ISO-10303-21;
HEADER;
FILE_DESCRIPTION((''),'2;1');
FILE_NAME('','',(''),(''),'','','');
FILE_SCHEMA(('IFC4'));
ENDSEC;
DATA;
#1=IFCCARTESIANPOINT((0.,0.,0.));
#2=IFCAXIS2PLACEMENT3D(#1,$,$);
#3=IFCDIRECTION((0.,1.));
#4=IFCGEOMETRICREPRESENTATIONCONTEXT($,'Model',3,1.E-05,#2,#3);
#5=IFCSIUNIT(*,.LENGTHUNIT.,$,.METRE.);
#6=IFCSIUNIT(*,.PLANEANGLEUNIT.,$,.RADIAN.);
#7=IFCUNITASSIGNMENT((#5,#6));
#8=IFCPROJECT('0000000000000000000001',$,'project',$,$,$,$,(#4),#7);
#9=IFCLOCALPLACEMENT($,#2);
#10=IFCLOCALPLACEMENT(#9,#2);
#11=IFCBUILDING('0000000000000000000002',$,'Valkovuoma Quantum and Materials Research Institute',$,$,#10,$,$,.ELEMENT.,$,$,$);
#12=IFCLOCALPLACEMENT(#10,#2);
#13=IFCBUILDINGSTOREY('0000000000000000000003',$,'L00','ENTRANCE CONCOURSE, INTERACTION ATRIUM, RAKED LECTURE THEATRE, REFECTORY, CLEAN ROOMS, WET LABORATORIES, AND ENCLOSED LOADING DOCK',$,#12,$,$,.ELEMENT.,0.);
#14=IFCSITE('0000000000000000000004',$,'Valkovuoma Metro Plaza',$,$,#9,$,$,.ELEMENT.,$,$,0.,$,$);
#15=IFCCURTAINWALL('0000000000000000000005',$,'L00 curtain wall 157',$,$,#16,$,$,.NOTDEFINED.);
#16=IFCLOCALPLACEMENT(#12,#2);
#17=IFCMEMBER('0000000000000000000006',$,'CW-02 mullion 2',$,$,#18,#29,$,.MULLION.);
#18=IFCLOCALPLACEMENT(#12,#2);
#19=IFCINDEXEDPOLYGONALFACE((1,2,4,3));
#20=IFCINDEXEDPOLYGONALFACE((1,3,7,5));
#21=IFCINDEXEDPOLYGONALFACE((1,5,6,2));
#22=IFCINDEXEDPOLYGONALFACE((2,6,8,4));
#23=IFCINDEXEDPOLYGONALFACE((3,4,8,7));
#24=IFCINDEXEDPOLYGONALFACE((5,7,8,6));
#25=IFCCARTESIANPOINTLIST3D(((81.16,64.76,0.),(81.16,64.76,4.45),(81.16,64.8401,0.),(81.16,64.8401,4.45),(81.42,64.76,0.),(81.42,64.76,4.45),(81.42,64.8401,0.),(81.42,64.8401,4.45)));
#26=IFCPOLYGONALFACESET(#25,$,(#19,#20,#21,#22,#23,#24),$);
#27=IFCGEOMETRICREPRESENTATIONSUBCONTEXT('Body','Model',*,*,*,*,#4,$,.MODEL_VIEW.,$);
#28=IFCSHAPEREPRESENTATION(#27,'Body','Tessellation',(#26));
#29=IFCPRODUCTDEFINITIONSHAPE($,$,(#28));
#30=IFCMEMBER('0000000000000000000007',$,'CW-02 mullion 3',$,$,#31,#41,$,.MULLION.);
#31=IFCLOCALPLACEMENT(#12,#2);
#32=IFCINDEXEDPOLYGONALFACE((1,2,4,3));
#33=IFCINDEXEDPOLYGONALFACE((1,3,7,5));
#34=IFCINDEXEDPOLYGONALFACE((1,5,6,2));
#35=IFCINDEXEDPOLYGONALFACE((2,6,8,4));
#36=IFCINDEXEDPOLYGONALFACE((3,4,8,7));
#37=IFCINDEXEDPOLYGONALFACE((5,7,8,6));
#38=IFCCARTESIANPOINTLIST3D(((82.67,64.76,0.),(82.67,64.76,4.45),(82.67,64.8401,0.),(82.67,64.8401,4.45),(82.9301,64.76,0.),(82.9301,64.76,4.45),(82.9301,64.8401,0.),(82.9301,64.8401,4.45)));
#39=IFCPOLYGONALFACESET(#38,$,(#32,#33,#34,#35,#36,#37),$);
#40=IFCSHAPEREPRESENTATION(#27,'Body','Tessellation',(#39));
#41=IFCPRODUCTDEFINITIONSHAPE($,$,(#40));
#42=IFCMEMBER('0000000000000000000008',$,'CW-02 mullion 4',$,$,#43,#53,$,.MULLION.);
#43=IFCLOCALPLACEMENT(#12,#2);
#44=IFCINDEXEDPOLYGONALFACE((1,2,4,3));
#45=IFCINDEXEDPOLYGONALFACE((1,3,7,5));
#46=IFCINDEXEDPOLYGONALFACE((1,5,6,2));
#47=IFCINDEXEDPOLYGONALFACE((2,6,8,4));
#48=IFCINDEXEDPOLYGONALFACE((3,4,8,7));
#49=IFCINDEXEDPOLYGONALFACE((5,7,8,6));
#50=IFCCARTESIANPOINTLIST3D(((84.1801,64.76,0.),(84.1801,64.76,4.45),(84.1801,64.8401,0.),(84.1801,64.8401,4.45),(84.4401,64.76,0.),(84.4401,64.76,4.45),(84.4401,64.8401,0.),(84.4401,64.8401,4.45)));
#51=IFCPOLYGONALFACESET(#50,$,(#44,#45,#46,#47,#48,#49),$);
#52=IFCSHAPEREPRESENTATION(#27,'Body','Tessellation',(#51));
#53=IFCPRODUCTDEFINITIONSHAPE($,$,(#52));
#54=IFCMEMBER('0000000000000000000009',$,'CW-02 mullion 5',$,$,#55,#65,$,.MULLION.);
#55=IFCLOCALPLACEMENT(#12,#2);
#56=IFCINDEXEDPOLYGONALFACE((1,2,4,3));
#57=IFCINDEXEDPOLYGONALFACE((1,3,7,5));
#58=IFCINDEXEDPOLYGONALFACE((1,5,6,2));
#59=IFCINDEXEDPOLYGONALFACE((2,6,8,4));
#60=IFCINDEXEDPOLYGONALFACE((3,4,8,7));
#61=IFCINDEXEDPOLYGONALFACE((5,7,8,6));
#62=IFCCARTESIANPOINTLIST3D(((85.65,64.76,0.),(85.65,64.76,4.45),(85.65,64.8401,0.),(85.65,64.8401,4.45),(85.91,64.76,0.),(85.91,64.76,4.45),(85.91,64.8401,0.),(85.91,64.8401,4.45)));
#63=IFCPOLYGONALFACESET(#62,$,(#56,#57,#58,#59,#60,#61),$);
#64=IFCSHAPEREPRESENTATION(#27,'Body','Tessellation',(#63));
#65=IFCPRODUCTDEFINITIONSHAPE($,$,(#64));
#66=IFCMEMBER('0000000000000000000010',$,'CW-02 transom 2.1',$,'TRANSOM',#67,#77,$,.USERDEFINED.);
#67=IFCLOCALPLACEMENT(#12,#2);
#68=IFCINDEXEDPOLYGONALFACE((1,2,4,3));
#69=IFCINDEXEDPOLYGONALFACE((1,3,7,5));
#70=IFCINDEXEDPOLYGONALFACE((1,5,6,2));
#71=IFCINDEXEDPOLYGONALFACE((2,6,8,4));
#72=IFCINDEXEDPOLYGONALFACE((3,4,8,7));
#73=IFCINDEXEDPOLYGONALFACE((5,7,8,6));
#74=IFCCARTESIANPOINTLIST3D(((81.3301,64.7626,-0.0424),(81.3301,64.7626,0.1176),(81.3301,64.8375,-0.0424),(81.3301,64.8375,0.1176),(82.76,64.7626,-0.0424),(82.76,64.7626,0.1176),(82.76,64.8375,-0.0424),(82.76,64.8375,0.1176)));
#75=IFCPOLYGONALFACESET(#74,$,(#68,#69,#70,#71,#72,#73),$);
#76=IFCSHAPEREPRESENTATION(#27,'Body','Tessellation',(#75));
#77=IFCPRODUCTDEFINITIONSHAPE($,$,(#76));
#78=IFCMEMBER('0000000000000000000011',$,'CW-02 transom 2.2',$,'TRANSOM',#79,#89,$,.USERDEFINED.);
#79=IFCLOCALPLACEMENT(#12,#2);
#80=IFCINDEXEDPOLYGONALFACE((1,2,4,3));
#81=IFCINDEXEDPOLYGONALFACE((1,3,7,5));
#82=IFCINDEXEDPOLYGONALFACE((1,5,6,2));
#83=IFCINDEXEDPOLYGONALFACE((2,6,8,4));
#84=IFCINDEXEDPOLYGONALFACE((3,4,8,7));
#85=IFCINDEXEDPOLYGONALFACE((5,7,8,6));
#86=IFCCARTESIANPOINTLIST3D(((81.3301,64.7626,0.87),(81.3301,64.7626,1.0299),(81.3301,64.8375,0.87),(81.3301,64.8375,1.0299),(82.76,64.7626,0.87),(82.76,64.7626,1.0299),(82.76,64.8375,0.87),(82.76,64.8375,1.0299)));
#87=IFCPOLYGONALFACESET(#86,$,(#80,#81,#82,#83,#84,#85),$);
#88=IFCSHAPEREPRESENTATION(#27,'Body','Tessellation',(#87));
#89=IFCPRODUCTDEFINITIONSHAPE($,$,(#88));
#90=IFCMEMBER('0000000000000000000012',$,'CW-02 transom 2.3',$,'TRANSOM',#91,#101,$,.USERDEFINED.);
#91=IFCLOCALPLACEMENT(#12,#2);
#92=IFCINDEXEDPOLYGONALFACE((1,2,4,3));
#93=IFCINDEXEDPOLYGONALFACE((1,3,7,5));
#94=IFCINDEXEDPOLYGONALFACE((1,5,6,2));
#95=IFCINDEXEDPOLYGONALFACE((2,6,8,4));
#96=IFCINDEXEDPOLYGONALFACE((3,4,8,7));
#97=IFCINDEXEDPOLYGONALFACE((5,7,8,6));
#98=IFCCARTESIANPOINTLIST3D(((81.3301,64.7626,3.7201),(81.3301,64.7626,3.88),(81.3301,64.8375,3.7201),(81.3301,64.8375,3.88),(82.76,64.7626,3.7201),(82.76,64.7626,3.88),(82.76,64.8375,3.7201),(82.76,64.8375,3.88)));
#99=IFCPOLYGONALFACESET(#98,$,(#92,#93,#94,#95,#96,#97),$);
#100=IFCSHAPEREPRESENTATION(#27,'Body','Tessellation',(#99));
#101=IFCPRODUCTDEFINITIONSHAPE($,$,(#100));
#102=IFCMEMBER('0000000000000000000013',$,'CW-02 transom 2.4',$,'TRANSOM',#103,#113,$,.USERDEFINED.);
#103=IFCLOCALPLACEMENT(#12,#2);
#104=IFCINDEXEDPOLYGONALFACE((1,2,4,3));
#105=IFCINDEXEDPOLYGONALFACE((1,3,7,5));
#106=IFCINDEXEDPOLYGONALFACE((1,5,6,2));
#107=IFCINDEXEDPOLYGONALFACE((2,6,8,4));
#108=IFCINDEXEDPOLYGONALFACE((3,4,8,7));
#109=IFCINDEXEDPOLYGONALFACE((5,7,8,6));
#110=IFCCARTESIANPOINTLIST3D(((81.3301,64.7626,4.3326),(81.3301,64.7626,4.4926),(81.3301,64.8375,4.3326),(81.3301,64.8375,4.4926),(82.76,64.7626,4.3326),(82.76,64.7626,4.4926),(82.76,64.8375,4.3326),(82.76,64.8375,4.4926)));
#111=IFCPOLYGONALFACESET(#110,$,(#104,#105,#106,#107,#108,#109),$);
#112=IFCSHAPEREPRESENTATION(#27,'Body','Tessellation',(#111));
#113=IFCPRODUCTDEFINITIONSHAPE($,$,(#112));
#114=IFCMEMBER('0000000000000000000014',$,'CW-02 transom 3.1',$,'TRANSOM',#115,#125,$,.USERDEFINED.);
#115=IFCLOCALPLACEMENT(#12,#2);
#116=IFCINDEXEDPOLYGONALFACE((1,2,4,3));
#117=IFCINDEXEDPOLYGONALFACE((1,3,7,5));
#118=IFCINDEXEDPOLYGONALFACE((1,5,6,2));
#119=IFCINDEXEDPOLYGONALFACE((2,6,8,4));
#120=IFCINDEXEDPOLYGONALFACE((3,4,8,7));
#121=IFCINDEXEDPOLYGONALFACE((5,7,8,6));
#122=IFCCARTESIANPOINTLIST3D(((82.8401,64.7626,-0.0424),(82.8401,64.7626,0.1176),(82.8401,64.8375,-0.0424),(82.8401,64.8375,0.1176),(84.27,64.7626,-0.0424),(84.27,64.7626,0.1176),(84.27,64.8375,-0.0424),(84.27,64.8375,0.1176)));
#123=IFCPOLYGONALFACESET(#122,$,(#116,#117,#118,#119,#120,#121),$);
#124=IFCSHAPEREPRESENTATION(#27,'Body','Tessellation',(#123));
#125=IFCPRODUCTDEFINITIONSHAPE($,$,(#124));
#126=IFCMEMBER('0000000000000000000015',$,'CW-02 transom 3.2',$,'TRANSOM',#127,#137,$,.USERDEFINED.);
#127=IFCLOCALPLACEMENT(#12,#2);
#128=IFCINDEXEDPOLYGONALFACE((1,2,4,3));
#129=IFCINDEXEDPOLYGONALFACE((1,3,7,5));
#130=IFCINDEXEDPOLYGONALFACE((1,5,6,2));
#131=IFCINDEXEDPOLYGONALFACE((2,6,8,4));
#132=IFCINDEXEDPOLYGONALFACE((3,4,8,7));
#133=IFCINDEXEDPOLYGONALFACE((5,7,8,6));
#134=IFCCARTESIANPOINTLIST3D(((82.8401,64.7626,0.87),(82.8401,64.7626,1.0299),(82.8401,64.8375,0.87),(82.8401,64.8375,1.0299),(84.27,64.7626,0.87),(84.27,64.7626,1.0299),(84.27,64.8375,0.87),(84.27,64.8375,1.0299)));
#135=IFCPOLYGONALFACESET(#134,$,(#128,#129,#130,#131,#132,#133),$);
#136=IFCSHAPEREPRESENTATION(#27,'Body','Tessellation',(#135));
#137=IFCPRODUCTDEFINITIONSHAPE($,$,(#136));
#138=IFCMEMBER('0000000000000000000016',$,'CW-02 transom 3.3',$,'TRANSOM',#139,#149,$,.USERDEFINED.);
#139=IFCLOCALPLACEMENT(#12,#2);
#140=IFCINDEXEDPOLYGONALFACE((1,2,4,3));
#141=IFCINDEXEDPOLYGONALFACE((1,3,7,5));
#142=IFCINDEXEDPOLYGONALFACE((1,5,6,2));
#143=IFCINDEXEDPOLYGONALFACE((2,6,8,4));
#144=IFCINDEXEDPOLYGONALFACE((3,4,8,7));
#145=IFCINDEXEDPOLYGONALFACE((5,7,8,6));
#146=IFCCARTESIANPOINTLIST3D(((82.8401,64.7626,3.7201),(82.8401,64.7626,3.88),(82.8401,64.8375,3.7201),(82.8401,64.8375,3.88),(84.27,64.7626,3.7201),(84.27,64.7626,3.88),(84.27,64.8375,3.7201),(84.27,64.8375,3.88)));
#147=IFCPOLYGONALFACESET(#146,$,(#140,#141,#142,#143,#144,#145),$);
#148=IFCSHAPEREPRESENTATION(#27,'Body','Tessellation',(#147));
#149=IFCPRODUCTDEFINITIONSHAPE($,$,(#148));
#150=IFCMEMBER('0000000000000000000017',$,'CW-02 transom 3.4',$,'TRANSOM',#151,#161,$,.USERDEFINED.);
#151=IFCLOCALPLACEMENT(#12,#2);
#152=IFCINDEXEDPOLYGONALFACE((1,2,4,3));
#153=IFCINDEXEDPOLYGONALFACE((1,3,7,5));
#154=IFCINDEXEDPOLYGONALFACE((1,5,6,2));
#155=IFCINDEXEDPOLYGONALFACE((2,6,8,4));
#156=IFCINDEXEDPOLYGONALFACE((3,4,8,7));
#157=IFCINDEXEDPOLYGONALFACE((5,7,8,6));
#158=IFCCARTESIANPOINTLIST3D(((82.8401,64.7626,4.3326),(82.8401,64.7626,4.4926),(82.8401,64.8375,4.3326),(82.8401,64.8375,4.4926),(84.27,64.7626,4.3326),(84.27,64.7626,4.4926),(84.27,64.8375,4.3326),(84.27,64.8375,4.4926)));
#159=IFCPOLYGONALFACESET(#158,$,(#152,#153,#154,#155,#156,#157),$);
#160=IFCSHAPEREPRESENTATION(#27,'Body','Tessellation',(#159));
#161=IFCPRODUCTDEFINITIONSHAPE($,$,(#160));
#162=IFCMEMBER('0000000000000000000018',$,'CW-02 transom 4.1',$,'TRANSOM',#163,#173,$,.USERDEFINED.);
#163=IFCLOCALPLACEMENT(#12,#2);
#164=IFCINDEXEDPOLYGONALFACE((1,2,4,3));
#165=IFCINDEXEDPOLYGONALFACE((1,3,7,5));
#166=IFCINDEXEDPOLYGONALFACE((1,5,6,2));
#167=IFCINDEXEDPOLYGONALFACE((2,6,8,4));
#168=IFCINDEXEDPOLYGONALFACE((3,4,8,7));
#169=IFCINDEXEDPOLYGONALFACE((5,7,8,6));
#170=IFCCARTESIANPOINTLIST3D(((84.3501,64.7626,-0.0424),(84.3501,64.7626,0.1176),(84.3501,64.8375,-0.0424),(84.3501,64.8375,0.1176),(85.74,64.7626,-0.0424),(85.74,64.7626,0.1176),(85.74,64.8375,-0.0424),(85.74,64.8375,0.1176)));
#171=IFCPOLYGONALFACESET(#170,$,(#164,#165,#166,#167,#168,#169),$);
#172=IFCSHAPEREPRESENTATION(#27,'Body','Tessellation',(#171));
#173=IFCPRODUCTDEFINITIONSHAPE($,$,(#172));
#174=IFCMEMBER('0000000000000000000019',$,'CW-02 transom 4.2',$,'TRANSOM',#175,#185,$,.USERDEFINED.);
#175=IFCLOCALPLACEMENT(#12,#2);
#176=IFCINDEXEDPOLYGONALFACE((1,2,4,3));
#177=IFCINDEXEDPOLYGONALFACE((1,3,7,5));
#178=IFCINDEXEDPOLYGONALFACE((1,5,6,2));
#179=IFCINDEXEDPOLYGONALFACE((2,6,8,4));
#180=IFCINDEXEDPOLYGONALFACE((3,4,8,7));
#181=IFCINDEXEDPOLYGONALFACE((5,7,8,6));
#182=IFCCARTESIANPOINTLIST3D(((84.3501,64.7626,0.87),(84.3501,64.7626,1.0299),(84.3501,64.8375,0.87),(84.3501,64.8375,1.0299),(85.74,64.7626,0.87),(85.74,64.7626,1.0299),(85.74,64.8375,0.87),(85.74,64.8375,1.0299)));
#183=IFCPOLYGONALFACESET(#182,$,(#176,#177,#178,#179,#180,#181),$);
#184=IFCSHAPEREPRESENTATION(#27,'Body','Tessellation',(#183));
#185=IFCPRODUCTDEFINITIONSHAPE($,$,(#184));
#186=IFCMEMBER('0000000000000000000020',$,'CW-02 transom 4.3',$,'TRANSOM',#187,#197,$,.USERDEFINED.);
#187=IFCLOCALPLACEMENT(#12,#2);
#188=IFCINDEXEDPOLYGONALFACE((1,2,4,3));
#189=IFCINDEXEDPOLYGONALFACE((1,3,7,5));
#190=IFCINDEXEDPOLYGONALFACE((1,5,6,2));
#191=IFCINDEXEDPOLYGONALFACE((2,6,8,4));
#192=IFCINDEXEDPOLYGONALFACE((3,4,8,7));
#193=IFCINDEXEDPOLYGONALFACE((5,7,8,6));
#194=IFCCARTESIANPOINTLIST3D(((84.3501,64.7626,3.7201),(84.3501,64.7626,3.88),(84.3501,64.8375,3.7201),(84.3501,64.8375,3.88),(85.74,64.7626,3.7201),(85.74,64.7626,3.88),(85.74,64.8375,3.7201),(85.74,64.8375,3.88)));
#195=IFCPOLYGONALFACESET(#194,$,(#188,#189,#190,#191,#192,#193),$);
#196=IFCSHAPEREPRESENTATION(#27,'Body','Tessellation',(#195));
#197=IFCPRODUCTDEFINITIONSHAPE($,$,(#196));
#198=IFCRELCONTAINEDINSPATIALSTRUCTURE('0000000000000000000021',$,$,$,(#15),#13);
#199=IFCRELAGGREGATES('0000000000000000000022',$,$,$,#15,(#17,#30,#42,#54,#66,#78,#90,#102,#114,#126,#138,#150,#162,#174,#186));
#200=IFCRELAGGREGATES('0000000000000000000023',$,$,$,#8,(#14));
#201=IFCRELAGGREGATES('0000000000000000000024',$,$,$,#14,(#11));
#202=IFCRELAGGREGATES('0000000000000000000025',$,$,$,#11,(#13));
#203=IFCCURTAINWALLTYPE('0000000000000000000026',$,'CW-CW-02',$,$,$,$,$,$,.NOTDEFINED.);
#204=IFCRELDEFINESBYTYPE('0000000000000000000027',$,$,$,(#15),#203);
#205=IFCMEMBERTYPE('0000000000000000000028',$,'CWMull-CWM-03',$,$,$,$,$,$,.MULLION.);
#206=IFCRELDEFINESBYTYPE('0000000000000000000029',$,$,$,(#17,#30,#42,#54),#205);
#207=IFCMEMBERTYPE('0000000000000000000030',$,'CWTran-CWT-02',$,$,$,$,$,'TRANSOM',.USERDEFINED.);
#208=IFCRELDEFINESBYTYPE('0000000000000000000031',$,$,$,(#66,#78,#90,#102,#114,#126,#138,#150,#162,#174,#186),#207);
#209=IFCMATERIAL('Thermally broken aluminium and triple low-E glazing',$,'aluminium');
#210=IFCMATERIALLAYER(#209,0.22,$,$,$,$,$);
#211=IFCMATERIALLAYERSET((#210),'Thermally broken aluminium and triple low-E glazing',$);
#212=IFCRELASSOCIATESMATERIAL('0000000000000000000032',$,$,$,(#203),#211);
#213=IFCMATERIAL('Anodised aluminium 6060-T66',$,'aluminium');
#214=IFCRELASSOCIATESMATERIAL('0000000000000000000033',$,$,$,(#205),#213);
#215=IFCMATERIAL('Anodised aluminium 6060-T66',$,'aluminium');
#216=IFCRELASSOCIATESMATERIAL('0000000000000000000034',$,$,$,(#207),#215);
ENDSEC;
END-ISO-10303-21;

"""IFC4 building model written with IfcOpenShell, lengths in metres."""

from ifc_helpers import new_model, si_unit, direction, frame, origin, origin_2d, place, context, subcontext, project, spatial, rectangle, extrude, material, layer, layer_set, material_profile, profile_set, type_object, element, aggregate, save


model = new_model("IFC4")

# Units and contexts
model_context = context("Model", 3, precision=1e-05, world=origin(), true_north=direction((0.0, 1.0)))
body_context = subcontext(model_context, "Body", "Model", "MODEL_VIEW")
ifc_project = project(units=[si_unit("LENGTHUNIT", "METRE"), si_unit("PLANEANGLEUNIT", "RADIAN")], contexts=[model_context])

# Site, building, storey
site_placement = place(None, origin())
site = spatial("IfcSite", under=ifc_project, at=site_placement, Name="Valkovuoma Metro Plaza", CompositionType="ELEMENT", RefElevation=0.0)
building_placement = place(site_placement, origin())
building = spatial("IfcBuilding", under=site, at=building_placement, Name="Valkovuoma Quantum and Materials Research Institute", CompositionType="ELEMENT")
storey_placement = place(building_placement, origin())
storey = spatial("IfcBuildingStorey", under=building, at=storey_placement, Name="L00", Description="ENTRANCE CONCOURSE, INTERACTION ATRIUM, RAKED LECTURE THEATRE, REFECTORY, CLEAN ROOMS, WET LABORATORIES, AND ENCLOSED LOADING DOCK", CompositionType="ELEMENT", Elevation=0.0)

# Curtain wall, members
ifc_material_1 = material(Name="Thermally broken aluminium and triple low-E glazing", Category="aluminium")
ifc_layer_1 = layer(ifc_material_1, 0.22)
ifc_layer_set_1 = layer_set([ifc_layer_1], Name="Thermally broken aluminium and triple low-E glazing")
curtain_wall_type = type_object("IfcCurtainWallType", Name="CW-CW-02", PredefinedType="NOTDEFINED", material=ifc_layer_set_1)
curtain_wall_placement = place(storey_placement, origin())
curtain_wall = element("IfcCurtainWall", 1, at=curtain_wall_placement, inside=storey, type_object=curtain_wall_type, Name="L00 curtain wall 157", PredefinedType="NOTDEFINED")
ifc_material_2 = material(Name="Anodised aluminium 6060-T66", Category="aluminium")
ifc_material_profile_1 = material_profile(ifc_material_2, rectangle(XDim=0.0801, YDim=0.26, at=origin_2d()), Name="Anodised aluminium 6060-T66")
ifc_profile_set_1 = profile_set([ifc_material_profile_1], Name="Anodised aluminium 6060-T66")
member_type_1 = type_object("IfcMemberType", Name="CWMull-CWM-03", PredefinedType="MULLION", material=ifc_profile_set_1)
member_1_placement = place(storey_placement, frame((81.29, 64.8, 0.0), z_axis=(0.0, 0.0, 1.0), x_axis=(0.0, 1.0, 0.0)))
member_1 = element("IfcMember", 2, at=member_1_placement, type_object=member_type_1, Name="CW-02 mullion 2", PredefinedType="MULLION", context=body_context, shape_type="SweptSolid", body=[
    extrude(rectangle(XDim=0.0801, YDim=0.26, at=origin_2d()), origin(), (0.0, 0.0, 1.0), 4.45),
])
member_2_placement = place(storey_placement, frame((82.8, 64.8, 0.0), z_axis=(0.0, 0.0, 1.0), x_axis=(0.0, 1.0, 0.0)))
member_2 = element("IfcMember", 3, at=member_2_placement, type_object=member_type_1, Name="CW-02 mullion 3", PredefinedType="MULLION", context=body_context, shape_type="SweptSolid", body=[
    extrude(rectangle(XDim=0.0801, YDim=0.26, at=origin_2d()), origin(), (0.0, 0.0, 1.0), 4.45),
])
member_3_placement = place(storey_placement, frame((84.3101, 64.8, 0.0), z_axis=(0.0, 0.0, 1.0), x_axis=(0.0, 1.0, 0.0)))
member_3 = element("IfcMember", 4, at=member_3_placement, type_object=member_type_1, Name="CW-02 mullion 4", PredefinedType="MULLION", context=body_context, shape_type="SweptSolid", body=[
    extrude(rectangle(XDim=0.0801, YDim=0.26, at=origin_2d()), origin(), (0.0, 0.0, 1.0), 4.45),
])
member_4_placement = place(storey_placement, frame((85.78, 64.8, 0.0), z_axis=(0.0, 0.0, 1.0), x_axis=(0.0, 1.0, 0.0)))
member_4 = element("IfcMember", 5, at=member_4_placement, type_object=member_type_1, Name="CW-02 mullion 5", PredefinedType="MULLION", context=body_context, shape_type="SweptSolid", body=[
    extrude(rectangle(XDim=0.0801, YDim=0.26, at=origin_2d()), origin(), (0.0, 0.0, 1.0), 4.45),
])
ifc_material_3 = material(Name="Anodised aluminium 6060-T66", Category="aluminium")
ifc_material_profile_2 = material_profile(ifc_material_3, rectangle(XDim=0.075, YDim=0.1599, at=origin_2d()), Name="Anodised aluminium 6060-T66")
ifc_profile_set_2 = profile_set([ifc_material_profile_2], Name="Anodised aluminium 6060-T66")
member_type_2 = type_object("IfcMemberType", Name="CWTran-CWT-02", ElementType="TRANSOM", PredefinedType="USERDEFINED", material=ifc_profile_set_2)
member_5_placement = place(storey_placement, frame((81.3301, 64.8, 0.0376), z_axis=(1.0, 0.0, 0.0), x_axis=(0.0, 1.0, 0.0)))
member_5 = element("IfcMember", 6, at=member_5_placement, type_object=member_type_2, Name="CW-02 transom 2.1", ObjectType="TRANSOM", PredefinedType="USERDEFINED", context=body_context, shape_type="SweptSolid", body=[
    extrude(rectangle(XDim=0.075, YDim=0.1599, at=origin_2d()), origin(), (0.0, 0.0, 1.0), 1.4299),
])
member_6_placement = place(storey_placement, frame((81.3301, 64.8, 0.95), z_axis=(1.0, 0.0, 0.0), x_axis=(0.0, 1.0, 0.0)))
member_6 = element("IfcMember", 7, at=member_6_placement, type_object=member_type_2, Name="CW-02 transom 2.2", ObjectType="TRANSOM", PredefinedType="USERDEFINED", context=body_context, shape_type="SweptSolid", body=[
    extrude(rectangle(XDim=0.075, YDim=0.1599, at=origin_2d()), origin(), (0.0, 0.0, 1.0), 1.4299),
])
member_7_placement = place(storey_placement, frame((81.3301, 64.8, 3.8), z_axis=(1.0, 0.0, 0.0), x_axis=(0.0, 1.0, 0.0)))
member_7 = element("IfcMember", 8, at=member_7_placement, type_object=member_type_2, Name="CW-02 transom 2.3", ObjectType="TRANSOM", PredefinedType="USERDEFINED", context=body_context, shape_type="SweptSolid", body=[
    extrude(rectangle(XDim=0.075, YDim=0.1599, at=origin_2d()), origin(), (0.0, 0.0, 1.0), 1.4299),
])
member_8_placement = place(storey_placement, frame((81.3301, 64.8, 4.4126), z_axis=(1.0, 0.0, 0.0), x_axis=(0.0, 1.0, 0.0)))
member_8 = element("IfcMember", 9, at=member_8_placement, type_object=member_type_2, Name="CW-02 transom 2.4", ObjectType="TRANSOM", PredefinedType="USERDEFINED", context=body_context, shape_type="SweptSolid", body=[
    extrude(rectangle(XDim=0.075, YDim=0.1599, at=origin_2d()), origin(), (0.0, 0.0, 1.0), 1.4299),
])
member_9_placement = place(storey_placement, frame((82.8401, 64.8, 0.0376), z_axis=(1.0, 0.0, 0.0), x_axis=(0.0, 1.0, 0.0)))
member_9 = element("IfcMember", 10, at=member_9_placement, type_object=member_type_2, Name="CW-02 transom 3.1", ObjectType="TRANSOM", PredefinedType="USERDEFINED", context=body_context, shape_type="SweptSolid", body=[
    extrude(rectangle(XDim=0.075, YDim=0.1599, at=origin_2d()), origin(), (0.0, 0.0, 1.0), 1.4299),
])
member_10_placement = place(storey_placement, frame((82.8401, 64.8, 0.95), z_axis=(1.0, 0.0, 0.0), x_axis=(0.0, 1.0, 0.0)))
member_10 = element("IfcMember", 11, at=member_10_placement, type_object=member_type_2, Name="CW-02 transom 3.2", ObjectType="TRANSOM", PredefinedType="USERDEFINED", context=body_context, shape_type="SweptSolid", body=[
    extrude(rectangle(XDim=0.075, YDim=0.1599, at=origin_2d()), origin(), (0.0, 0.0, 1.0), 1.4299),
])
member_11_placement = place(storey_placement, frame((82.8401, 64.8, 3.8), z_axis=(1.0, 0.0, 0.0), x_axis=(0.0, 1.0, 0.0)))
member_11 = element("IfcMember", 12, at=member_11_placement, type_object=member_type_2, Name="CW-02 transom 3.3", ObjectType="TRANSOM", PredefinedType="USERDEFINED", context=body_context, shape_type="SweptSolid", body=[
    extrude(rectangle(XDim=0.075, YDim=0.1599, at=origin_2d()), origin(), (0.0, 0.0, 1.0), 1.4299),
])
member_12_placement = place(storey_placement, frame((82.8401, 64.8, 4.4126), z_axis=(1.0, 0.0, 0.0), x_axis=(0.0, 1.0, 0.0)))
member_12 = element("IfcMember", 13, at=member_12_placement, type_object=member_type_2, Name="CW-02 transom 3.4", ObjectType="TRANSOM", PredefinedType="USERDEFINED", context=body_context, shape_type="SweptSolid", body=[
    extrude(rectangle(XDim=0.075, YDim=0.1599, at=origin_2d()), origin(), (0.0, 0.0, 1.0), 1.4299),
])
member_13_placement = place(storey_placement, frame((84.3501, 64.8, 0.0376), z_axis=(1.0, 0.0, 0.0), x_axis=(0.0, 1.0, 0.0)))
member_13 = element("IfcMember", 14, at=member_13_placement, type_object=member_type_2, Name="CW-02 transom 4.1", ObjectType="TRANSOM", PredefinedType="USERDEFINED", context=body_context, shape_type="SweptSolid", body=[
    extrude(rectangle(XDim=0.075, YDim=0.1599, at=origin_2d()), origin(), (0.0, 0.0, 1.0), 1.3899),
])
member_14_placement = place(storey_placement, frame((84.3501, 64.8, 0.95), z_axis=(1.0, 0.0, 0.0), x_axis=(0.0, 1.0, 0.0)))
member_14 = element("IfcMember", 15, at=member_14_placement, type_object=member_type_2, Name="CW-02 transom 4.2", ObjectType="TRANSOM", PredefinedType="USERDEFINED", context=body_context, shape_type="SweptSolid", body=[
    extrude(rectangle(XDim=0.075, YDim=0.1599, at=origin_2d()), origin(), (0.0, 0.0, 1.0), 1.3899),
])
member_15_placement = place(storey_placement, frame((84.3501, 64.8, 3.8), z_axis=(1.0, 0.0, 0.0), x_axis=(0.0, 1.0, 0.0)))
member_15 = element("IfcMember", 16, at=member_15_placement, type_object=member_type_2, Name="CW-02 transom 4.3", ObjectType="TRANSOM", PredefinedType="USERDEFINED", context=body_context, shape_type="SweptSolid", body=[
    extrude(rectangle(XDim=0.075, YDim=0.1599, at=origin_2d()), origin(), (0.0, 0.0, 1.0), 1.3899),
])
aggregate(curtain_wall, [member_1, member_2, member_3, member_4, member_5, member_6, member_7, member_8, member_9, member_10, member_11, member_12, member_13, member_14, member_15])

save(model, "model.ifc")
